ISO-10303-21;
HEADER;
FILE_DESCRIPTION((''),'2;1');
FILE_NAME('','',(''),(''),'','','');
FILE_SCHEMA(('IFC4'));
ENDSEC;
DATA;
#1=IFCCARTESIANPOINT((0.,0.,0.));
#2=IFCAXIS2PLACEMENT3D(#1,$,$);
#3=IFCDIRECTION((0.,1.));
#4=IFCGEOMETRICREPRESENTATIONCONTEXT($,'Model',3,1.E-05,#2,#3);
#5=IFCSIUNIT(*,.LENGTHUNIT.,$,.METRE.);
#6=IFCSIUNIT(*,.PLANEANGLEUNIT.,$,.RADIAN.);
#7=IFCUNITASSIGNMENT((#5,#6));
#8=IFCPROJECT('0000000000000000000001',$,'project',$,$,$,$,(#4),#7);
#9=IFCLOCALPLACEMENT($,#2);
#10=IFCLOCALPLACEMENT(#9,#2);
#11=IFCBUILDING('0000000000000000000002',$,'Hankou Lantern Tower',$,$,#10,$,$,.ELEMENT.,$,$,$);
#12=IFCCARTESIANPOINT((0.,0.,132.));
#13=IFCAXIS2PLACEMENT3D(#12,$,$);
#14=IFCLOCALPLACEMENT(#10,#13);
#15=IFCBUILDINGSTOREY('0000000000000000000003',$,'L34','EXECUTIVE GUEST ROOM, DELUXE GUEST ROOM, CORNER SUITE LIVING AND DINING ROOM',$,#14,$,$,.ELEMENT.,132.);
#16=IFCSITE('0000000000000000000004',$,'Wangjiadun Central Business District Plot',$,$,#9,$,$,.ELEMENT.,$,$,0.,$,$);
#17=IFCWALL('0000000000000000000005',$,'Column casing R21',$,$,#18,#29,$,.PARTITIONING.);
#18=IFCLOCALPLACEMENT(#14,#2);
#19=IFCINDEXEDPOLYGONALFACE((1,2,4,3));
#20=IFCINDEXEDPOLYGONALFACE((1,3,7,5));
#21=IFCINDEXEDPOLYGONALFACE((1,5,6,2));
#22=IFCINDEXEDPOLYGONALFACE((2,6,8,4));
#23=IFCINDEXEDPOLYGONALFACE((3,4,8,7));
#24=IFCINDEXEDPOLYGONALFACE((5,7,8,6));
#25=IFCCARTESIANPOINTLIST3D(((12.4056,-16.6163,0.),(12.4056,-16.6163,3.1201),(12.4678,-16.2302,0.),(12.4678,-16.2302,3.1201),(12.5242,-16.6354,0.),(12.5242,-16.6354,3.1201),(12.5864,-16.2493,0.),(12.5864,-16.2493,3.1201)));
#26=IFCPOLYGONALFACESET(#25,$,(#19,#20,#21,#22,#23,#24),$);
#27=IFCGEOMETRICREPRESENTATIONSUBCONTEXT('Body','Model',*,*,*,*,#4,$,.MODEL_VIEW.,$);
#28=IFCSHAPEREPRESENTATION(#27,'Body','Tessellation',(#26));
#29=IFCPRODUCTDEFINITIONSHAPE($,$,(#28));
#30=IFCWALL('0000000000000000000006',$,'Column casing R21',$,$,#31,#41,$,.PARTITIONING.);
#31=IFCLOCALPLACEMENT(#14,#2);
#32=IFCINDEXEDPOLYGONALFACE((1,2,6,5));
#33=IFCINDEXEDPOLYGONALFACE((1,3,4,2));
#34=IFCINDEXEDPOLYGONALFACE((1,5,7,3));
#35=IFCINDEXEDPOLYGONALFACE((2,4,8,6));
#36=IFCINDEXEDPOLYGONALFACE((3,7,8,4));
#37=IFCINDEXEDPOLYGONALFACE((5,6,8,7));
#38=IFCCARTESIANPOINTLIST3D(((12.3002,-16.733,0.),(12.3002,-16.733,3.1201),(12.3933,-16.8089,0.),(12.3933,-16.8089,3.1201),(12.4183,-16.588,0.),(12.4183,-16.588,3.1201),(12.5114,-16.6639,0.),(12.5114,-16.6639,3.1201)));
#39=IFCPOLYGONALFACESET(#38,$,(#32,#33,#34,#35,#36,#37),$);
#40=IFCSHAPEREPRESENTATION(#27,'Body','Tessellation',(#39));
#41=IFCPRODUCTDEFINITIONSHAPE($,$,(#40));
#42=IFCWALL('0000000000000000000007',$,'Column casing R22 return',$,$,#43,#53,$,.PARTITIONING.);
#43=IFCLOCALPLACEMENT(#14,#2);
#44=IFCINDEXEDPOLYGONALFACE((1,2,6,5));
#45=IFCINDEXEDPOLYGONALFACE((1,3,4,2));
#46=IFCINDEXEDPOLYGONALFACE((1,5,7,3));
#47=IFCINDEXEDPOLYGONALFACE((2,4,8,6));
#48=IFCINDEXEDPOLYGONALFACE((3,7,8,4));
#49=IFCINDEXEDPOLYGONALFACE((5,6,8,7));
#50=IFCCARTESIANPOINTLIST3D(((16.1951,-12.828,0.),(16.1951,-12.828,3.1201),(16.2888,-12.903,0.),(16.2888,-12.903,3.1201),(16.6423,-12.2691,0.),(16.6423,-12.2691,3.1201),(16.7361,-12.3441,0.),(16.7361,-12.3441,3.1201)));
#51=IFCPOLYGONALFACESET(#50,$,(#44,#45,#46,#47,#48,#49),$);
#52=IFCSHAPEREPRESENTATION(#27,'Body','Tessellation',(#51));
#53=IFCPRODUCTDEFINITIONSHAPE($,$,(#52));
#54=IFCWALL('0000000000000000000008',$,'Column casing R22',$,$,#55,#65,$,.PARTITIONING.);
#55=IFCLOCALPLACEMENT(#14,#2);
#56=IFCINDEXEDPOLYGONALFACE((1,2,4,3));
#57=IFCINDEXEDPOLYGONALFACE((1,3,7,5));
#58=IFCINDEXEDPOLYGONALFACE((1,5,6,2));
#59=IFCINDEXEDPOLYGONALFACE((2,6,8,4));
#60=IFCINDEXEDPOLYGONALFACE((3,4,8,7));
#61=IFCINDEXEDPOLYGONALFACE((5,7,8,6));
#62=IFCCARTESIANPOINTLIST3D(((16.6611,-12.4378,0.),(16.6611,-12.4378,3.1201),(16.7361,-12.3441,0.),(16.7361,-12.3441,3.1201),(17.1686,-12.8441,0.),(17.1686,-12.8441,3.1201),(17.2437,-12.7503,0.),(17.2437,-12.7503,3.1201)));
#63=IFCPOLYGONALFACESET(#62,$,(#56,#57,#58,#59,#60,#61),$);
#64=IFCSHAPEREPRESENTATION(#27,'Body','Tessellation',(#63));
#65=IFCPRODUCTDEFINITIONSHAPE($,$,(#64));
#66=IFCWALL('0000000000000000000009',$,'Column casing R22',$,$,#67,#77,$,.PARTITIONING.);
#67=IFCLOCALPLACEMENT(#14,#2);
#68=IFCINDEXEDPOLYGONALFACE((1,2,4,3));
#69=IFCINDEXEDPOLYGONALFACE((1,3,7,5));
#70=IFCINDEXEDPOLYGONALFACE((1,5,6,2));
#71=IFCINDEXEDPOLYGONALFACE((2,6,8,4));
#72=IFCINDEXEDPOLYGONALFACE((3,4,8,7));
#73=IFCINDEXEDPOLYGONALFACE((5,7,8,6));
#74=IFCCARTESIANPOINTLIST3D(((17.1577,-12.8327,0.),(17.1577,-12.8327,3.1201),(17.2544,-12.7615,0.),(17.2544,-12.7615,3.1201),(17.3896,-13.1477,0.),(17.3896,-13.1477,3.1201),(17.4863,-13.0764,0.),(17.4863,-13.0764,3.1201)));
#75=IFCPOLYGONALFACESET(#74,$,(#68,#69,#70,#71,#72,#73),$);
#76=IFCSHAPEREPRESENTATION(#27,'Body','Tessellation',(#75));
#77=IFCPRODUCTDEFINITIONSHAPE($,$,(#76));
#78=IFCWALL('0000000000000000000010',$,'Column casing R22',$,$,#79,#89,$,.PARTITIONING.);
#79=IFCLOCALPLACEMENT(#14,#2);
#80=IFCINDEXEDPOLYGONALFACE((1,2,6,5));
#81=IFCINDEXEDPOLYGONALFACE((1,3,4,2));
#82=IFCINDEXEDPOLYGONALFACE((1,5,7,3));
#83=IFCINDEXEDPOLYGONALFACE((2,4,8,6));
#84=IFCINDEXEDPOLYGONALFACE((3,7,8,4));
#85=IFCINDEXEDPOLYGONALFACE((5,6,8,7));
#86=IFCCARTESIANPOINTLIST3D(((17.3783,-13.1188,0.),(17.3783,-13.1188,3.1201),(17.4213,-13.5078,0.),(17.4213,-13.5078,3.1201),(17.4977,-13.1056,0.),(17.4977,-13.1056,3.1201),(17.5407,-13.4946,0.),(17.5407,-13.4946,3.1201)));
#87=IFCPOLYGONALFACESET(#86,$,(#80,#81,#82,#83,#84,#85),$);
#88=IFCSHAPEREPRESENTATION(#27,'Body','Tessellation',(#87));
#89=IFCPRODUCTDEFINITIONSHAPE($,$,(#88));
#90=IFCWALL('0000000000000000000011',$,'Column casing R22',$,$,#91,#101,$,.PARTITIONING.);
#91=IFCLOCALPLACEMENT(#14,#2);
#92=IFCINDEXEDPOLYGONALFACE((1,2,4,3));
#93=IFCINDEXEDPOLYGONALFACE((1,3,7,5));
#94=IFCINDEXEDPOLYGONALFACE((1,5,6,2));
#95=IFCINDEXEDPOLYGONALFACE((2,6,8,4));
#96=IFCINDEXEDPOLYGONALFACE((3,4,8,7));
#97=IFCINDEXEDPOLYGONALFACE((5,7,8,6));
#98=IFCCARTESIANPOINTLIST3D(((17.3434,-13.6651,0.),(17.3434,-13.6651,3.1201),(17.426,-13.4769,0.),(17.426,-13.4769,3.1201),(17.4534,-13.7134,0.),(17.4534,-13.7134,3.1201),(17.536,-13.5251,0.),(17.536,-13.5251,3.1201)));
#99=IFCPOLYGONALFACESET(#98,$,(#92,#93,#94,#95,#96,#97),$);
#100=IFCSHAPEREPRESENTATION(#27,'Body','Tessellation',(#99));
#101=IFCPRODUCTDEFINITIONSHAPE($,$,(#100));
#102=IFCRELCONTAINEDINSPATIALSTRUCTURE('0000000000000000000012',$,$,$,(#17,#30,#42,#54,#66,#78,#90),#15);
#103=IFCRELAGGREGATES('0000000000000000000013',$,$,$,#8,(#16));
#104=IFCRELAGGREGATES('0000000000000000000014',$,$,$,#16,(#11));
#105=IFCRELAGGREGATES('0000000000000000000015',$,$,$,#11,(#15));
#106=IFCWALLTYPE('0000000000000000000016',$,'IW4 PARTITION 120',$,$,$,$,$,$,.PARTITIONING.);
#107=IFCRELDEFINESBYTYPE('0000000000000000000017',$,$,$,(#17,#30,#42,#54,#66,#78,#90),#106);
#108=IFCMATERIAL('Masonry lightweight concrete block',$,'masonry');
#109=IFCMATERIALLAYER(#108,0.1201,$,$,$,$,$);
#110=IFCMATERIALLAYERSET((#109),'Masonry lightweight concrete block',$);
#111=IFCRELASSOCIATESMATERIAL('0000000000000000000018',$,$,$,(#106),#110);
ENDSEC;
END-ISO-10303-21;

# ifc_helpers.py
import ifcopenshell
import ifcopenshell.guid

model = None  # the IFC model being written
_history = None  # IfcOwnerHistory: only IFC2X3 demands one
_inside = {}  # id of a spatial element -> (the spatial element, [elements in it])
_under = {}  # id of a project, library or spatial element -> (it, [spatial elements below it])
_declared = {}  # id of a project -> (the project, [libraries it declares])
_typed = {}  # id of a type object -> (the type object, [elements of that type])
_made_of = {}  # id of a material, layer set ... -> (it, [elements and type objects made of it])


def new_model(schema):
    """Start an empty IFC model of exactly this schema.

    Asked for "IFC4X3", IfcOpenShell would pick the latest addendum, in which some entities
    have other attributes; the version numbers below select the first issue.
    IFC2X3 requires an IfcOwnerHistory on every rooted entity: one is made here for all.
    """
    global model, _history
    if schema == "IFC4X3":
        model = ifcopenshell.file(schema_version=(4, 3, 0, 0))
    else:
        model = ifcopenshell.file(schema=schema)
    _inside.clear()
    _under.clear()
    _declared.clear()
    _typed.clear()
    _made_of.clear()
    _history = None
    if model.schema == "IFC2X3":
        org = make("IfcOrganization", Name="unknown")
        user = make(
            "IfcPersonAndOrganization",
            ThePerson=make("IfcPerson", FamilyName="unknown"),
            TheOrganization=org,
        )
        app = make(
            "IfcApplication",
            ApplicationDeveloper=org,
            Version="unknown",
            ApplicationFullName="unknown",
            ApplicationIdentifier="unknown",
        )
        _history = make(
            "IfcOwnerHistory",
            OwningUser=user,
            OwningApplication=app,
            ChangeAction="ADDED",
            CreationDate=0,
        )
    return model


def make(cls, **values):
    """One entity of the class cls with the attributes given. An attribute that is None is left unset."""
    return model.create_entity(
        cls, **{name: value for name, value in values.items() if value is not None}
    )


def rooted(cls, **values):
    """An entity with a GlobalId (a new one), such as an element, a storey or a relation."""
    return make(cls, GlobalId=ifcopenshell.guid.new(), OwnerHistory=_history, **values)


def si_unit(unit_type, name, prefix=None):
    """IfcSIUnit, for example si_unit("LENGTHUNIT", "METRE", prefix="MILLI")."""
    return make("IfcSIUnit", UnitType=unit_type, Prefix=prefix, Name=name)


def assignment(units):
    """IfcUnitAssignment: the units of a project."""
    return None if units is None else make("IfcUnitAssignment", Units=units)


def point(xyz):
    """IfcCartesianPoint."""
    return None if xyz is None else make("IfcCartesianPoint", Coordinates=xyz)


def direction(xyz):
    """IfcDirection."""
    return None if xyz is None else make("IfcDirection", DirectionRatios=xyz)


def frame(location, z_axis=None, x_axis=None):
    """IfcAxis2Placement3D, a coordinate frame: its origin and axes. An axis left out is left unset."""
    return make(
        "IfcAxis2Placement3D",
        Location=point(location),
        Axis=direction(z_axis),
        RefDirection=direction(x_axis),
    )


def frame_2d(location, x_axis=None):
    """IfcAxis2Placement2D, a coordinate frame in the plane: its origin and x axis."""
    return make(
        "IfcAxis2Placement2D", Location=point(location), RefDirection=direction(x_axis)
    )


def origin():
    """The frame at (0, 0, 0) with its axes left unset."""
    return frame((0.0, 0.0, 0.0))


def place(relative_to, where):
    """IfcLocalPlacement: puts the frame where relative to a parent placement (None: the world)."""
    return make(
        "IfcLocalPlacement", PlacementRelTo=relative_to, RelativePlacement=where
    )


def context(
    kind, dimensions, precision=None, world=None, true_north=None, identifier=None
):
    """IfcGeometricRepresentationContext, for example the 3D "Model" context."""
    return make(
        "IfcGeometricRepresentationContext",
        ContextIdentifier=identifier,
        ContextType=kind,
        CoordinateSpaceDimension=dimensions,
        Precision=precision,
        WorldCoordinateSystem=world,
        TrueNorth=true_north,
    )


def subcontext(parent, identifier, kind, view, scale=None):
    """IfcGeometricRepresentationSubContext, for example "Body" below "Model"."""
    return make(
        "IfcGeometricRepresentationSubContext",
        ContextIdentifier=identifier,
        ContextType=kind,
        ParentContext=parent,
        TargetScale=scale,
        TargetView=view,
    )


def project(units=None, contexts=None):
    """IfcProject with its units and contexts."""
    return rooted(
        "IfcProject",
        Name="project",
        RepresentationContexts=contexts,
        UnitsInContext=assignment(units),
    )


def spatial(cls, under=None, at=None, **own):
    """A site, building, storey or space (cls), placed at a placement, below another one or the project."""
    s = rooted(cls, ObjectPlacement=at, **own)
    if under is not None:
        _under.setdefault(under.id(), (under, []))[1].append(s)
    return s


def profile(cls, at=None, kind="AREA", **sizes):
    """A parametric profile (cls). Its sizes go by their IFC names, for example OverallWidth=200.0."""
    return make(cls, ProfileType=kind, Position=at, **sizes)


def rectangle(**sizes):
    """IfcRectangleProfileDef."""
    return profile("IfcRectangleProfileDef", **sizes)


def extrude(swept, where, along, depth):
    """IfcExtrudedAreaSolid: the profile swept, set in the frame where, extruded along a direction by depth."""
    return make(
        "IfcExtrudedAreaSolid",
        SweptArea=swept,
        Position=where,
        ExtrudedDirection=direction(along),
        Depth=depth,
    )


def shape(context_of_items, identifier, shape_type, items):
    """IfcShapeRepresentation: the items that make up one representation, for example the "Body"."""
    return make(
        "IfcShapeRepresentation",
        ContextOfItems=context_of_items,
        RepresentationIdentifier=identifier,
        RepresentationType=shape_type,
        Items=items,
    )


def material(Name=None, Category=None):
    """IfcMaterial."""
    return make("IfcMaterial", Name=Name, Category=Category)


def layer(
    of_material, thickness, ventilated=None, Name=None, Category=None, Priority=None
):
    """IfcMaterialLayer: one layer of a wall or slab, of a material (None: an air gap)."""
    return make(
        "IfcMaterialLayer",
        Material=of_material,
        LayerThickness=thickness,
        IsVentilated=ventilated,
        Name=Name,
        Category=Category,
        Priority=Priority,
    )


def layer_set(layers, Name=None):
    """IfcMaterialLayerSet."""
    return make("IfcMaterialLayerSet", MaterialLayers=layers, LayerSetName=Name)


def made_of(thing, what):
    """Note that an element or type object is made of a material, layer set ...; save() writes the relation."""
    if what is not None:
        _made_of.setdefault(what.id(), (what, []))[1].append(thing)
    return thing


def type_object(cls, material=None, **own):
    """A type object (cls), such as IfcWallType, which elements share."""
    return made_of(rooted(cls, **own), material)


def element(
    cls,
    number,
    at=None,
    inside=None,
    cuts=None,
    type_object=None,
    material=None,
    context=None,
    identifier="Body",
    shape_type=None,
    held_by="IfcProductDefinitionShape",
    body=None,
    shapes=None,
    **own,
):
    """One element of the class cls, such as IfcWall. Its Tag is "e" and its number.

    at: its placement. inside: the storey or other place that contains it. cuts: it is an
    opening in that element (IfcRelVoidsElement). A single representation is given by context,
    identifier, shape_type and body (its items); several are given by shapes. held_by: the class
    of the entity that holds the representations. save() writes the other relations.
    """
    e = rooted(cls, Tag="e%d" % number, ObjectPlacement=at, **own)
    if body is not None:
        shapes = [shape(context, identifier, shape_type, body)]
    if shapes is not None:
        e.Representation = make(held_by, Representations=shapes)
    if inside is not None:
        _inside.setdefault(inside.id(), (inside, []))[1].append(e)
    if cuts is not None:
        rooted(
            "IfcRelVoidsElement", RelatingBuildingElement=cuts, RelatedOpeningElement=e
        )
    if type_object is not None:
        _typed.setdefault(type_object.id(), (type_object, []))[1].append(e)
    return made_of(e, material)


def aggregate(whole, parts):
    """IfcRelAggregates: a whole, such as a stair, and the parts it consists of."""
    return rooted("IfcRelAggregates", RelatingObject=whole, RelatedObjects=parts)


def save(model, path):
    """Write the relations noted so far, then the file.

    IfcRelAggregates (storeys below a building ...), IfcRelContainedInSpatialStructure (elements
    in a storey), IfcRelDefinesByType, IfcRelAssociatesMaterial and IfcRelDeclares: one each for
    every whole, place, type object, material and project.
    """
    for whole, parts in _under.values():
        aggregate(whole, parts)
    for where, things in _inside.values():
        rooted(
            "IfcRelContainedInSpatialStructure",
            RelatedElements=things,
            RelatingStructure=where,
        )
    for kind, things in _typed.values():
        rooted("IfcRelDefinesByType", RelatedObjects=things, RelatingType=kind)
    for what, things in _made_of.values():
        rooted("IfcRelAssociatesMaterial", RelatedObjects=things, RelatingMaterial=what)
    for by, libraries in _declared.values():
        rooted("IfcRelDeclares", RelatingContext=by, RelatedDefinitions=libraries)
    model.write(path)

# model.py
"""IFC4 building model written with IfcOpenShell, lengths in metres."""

from ifc_helpers import new_model, si_unit, direction, frame, frame_2d, origin, place, context, subcontext, project, spatial, rectangle, extrude, material, layer, layer_set, type_object, element, save


model = new_model("IFC4")

# Units and contexts
model_context = context("Model", 3, precision=1e-05, world=origin(), true_north=direction((0.0, 1.0)))
body_context = subcontext(model_context, "Body", "Model", "MODEL_VIEW")
ifc_project = project(units=[si_unit("LENGTHUNIT", "METRE"), si_unit("PLANEANGLEUNIT", "RADIAN")], contexts=[model_context])

# Site, building, storey
site_placement = place(None, origin())
site = spatial("IfcSite", under=ifc_project, at=site_placement, Name="Wangjiadun Central Business District Plot", CompositionType="ELEMENT", RefElevation=0.0)
building_placement = place(site_placement, origin())
building = spatial("IfcBuilding", under=site, at=building_placement, Name="Hankou Lantern Tower", CompositionType="ELEMENT")
storey_placement = place(building_placement, frame((0.0, 0.0, 132.0)))
storey = spatial("IfcBuildingStorey", under=building, at=storey_placement, Name="L34", Description="EXECUTIVE GUEST ROOM, DELUXE GUEST ROOM, CORNER SUITE LIVING AND DINING ROOM", CompositionType="ELEMENT", Elevation=132.0)

# Walls
ifc_material_1 = material(Name="Masonry lightweight concrete block", Category="masonry")
ifc_layer_1 = layer(ifc_material_1, 0.1201)
ifc_layer_set_1 = layer_set([ifc_layer_1], Name="Masonry lightweight concrete block")
wall_type_1 = type_object("IfcWallType", Name="IW4 PARTITION 120", PredefinedType="PARTITIONING", material=ifc_layer_set_1)
for number, where, z_axis, x_axis, name in (
    (1, (12.5271, -16.2397, 0.0), (0.0, 0.0, 1.0), (-0.159134, -0.987257, 0.0), "Column casing R21"),
):
    element("IfcWall", number, at=place(storey_placement, frame(where, z_axis=z_axis, x_axis=x_axis)), inside=storey, type_object=wall_type_1, Name=name, PredefinedType="PARTITIONING", context=body_context, shape_type="SweptSolid", body=[
        extrude(rectangle(XDim=0.3911, YDim=0.1201, at=frame_2d((0.1956, 0.0))), origin(), (0.0, 0.0, 1.0), 3.1201),
    ])
wall_1_placement = place(storey_placement, frame((12.4648, -16.626, 0.0), z_axis=(0.0, 0.0, 1.0), x_axis=(-0.631673, -0.775235, 0.0)))
element("IfcWall", 2, at=wall_1_placement, inside=storey, type_object=wall_type_1, Name="Column casing R21", PredefinedType="PARTITIONING", context=body_context, shape_type="SweptSolid", body=[
    extrude(rectangle(XDim=0.187, YDim=0.1201, at=frame_2d((0.0935, 0.0))), origin(), (0.0, 0.0, 1.0), 3.1201),
])
wall_2_placement = place(storey_placement, frame((16.2419, -12.8655, 0.0), z_axis=(0.0, 0.0, 1.0), x_axis=(0.624861, 0.780736, 0.0)))
element("IfcWall", 3, at=wall_2_placement, inside=storey, type_object=wall_type_1, Name="Column casing R22 return", PredefinedType="PARTITIONING", context=body_context, shape_type="SweptSolid", body=[
    extrude(rectangle(XDim=0.7158, YDim=0.1201, at=frame_2d((0.3579, 0.0))), origin(), (0.0, 0.0, 1.0), 3.1201),
])
wall_3_placement = place(storey_placement, frame((16.6985, -12.3909, 0.0), z_axis=(0.0, 0.0, 1.0), x_axis=(0.780722, -0.624878, 0.0)))
element("IfcWall", 4, at=wall_3_placement, inside=storey, type_object=wall_type_1, Name="Column casing R22", PredefinedType="PARTITIONING", context=body_context, shape_type="SweptSolid", body=[
    extrude(rectangle(XDim=0.6501, YDim=0.1201, at=frame_2d((0.3252, 0.0))), origin(), (0.0, 0.0, 1.0), 3.1201),
])
wall_4_placement = place(storey_placement, frame((17.2061, -12.7971, 0.0), z_axis=(0.0, 0.0, 1.0), x_axis=(0.592986, -0.805213, 0.0)))
element("IfcWall", 5, at=wall_4_placement, inside=storey, type_object=wall_type_1, Name="Column casing R22", PredefinedType="PARTITIONING", context=body_context, shape_type="SweptSolid", body=[
    extrude(rectangle(XDim=0.3911, YDim=0.1201, at=frame_2d((0.1956, 0.0))), origin(), (0.0, 0.0, 1.0), 3.1201),
])
wall_5_placement = place(storey_placement, frame((17.438, -13.1121, 0.0), z_axis=(0.0, 0.0, 1.0), x_axis=(0.109815, -0.993952, 0.0)))
element("IfcWall", 6, at=wall_5_placement, inside=storey, type_object=wall_type_1, Name="Column casing R22", PredefinedType="PARTITIONING", context=body_context, shape_type="SweptSolid", body=[
    extrude(rectangle(XDim=0.3914, YDim=0.1201, at=frame_2d((0.1958, 0.0))), origin(), (0.0, 0.0, 1.0), 3.1201),
])
wall_6_placement = place(storey_placement, frame((17.481, -13.501, 0.0), z_axis=(0.0, 0.0, 1.0), x_axis=(-0.401504, -0.915857, 0.0)))
element("IfcWall", 7, at=wall_6_placement, inside=storey, type_object=wall_type_1, Name="Column casing R22", PredefinedType="PARTITIONING", context=body_context, shape_type="SweptSolid", body=[
    extrude(rectangle(XDim=0.2056, YDim=0.1201, at=frame_2d((0.1028, 0.0))), origin(), (0.0, 0.0, 1.0), 3.1201),
])

save(model, "model.ifc")
